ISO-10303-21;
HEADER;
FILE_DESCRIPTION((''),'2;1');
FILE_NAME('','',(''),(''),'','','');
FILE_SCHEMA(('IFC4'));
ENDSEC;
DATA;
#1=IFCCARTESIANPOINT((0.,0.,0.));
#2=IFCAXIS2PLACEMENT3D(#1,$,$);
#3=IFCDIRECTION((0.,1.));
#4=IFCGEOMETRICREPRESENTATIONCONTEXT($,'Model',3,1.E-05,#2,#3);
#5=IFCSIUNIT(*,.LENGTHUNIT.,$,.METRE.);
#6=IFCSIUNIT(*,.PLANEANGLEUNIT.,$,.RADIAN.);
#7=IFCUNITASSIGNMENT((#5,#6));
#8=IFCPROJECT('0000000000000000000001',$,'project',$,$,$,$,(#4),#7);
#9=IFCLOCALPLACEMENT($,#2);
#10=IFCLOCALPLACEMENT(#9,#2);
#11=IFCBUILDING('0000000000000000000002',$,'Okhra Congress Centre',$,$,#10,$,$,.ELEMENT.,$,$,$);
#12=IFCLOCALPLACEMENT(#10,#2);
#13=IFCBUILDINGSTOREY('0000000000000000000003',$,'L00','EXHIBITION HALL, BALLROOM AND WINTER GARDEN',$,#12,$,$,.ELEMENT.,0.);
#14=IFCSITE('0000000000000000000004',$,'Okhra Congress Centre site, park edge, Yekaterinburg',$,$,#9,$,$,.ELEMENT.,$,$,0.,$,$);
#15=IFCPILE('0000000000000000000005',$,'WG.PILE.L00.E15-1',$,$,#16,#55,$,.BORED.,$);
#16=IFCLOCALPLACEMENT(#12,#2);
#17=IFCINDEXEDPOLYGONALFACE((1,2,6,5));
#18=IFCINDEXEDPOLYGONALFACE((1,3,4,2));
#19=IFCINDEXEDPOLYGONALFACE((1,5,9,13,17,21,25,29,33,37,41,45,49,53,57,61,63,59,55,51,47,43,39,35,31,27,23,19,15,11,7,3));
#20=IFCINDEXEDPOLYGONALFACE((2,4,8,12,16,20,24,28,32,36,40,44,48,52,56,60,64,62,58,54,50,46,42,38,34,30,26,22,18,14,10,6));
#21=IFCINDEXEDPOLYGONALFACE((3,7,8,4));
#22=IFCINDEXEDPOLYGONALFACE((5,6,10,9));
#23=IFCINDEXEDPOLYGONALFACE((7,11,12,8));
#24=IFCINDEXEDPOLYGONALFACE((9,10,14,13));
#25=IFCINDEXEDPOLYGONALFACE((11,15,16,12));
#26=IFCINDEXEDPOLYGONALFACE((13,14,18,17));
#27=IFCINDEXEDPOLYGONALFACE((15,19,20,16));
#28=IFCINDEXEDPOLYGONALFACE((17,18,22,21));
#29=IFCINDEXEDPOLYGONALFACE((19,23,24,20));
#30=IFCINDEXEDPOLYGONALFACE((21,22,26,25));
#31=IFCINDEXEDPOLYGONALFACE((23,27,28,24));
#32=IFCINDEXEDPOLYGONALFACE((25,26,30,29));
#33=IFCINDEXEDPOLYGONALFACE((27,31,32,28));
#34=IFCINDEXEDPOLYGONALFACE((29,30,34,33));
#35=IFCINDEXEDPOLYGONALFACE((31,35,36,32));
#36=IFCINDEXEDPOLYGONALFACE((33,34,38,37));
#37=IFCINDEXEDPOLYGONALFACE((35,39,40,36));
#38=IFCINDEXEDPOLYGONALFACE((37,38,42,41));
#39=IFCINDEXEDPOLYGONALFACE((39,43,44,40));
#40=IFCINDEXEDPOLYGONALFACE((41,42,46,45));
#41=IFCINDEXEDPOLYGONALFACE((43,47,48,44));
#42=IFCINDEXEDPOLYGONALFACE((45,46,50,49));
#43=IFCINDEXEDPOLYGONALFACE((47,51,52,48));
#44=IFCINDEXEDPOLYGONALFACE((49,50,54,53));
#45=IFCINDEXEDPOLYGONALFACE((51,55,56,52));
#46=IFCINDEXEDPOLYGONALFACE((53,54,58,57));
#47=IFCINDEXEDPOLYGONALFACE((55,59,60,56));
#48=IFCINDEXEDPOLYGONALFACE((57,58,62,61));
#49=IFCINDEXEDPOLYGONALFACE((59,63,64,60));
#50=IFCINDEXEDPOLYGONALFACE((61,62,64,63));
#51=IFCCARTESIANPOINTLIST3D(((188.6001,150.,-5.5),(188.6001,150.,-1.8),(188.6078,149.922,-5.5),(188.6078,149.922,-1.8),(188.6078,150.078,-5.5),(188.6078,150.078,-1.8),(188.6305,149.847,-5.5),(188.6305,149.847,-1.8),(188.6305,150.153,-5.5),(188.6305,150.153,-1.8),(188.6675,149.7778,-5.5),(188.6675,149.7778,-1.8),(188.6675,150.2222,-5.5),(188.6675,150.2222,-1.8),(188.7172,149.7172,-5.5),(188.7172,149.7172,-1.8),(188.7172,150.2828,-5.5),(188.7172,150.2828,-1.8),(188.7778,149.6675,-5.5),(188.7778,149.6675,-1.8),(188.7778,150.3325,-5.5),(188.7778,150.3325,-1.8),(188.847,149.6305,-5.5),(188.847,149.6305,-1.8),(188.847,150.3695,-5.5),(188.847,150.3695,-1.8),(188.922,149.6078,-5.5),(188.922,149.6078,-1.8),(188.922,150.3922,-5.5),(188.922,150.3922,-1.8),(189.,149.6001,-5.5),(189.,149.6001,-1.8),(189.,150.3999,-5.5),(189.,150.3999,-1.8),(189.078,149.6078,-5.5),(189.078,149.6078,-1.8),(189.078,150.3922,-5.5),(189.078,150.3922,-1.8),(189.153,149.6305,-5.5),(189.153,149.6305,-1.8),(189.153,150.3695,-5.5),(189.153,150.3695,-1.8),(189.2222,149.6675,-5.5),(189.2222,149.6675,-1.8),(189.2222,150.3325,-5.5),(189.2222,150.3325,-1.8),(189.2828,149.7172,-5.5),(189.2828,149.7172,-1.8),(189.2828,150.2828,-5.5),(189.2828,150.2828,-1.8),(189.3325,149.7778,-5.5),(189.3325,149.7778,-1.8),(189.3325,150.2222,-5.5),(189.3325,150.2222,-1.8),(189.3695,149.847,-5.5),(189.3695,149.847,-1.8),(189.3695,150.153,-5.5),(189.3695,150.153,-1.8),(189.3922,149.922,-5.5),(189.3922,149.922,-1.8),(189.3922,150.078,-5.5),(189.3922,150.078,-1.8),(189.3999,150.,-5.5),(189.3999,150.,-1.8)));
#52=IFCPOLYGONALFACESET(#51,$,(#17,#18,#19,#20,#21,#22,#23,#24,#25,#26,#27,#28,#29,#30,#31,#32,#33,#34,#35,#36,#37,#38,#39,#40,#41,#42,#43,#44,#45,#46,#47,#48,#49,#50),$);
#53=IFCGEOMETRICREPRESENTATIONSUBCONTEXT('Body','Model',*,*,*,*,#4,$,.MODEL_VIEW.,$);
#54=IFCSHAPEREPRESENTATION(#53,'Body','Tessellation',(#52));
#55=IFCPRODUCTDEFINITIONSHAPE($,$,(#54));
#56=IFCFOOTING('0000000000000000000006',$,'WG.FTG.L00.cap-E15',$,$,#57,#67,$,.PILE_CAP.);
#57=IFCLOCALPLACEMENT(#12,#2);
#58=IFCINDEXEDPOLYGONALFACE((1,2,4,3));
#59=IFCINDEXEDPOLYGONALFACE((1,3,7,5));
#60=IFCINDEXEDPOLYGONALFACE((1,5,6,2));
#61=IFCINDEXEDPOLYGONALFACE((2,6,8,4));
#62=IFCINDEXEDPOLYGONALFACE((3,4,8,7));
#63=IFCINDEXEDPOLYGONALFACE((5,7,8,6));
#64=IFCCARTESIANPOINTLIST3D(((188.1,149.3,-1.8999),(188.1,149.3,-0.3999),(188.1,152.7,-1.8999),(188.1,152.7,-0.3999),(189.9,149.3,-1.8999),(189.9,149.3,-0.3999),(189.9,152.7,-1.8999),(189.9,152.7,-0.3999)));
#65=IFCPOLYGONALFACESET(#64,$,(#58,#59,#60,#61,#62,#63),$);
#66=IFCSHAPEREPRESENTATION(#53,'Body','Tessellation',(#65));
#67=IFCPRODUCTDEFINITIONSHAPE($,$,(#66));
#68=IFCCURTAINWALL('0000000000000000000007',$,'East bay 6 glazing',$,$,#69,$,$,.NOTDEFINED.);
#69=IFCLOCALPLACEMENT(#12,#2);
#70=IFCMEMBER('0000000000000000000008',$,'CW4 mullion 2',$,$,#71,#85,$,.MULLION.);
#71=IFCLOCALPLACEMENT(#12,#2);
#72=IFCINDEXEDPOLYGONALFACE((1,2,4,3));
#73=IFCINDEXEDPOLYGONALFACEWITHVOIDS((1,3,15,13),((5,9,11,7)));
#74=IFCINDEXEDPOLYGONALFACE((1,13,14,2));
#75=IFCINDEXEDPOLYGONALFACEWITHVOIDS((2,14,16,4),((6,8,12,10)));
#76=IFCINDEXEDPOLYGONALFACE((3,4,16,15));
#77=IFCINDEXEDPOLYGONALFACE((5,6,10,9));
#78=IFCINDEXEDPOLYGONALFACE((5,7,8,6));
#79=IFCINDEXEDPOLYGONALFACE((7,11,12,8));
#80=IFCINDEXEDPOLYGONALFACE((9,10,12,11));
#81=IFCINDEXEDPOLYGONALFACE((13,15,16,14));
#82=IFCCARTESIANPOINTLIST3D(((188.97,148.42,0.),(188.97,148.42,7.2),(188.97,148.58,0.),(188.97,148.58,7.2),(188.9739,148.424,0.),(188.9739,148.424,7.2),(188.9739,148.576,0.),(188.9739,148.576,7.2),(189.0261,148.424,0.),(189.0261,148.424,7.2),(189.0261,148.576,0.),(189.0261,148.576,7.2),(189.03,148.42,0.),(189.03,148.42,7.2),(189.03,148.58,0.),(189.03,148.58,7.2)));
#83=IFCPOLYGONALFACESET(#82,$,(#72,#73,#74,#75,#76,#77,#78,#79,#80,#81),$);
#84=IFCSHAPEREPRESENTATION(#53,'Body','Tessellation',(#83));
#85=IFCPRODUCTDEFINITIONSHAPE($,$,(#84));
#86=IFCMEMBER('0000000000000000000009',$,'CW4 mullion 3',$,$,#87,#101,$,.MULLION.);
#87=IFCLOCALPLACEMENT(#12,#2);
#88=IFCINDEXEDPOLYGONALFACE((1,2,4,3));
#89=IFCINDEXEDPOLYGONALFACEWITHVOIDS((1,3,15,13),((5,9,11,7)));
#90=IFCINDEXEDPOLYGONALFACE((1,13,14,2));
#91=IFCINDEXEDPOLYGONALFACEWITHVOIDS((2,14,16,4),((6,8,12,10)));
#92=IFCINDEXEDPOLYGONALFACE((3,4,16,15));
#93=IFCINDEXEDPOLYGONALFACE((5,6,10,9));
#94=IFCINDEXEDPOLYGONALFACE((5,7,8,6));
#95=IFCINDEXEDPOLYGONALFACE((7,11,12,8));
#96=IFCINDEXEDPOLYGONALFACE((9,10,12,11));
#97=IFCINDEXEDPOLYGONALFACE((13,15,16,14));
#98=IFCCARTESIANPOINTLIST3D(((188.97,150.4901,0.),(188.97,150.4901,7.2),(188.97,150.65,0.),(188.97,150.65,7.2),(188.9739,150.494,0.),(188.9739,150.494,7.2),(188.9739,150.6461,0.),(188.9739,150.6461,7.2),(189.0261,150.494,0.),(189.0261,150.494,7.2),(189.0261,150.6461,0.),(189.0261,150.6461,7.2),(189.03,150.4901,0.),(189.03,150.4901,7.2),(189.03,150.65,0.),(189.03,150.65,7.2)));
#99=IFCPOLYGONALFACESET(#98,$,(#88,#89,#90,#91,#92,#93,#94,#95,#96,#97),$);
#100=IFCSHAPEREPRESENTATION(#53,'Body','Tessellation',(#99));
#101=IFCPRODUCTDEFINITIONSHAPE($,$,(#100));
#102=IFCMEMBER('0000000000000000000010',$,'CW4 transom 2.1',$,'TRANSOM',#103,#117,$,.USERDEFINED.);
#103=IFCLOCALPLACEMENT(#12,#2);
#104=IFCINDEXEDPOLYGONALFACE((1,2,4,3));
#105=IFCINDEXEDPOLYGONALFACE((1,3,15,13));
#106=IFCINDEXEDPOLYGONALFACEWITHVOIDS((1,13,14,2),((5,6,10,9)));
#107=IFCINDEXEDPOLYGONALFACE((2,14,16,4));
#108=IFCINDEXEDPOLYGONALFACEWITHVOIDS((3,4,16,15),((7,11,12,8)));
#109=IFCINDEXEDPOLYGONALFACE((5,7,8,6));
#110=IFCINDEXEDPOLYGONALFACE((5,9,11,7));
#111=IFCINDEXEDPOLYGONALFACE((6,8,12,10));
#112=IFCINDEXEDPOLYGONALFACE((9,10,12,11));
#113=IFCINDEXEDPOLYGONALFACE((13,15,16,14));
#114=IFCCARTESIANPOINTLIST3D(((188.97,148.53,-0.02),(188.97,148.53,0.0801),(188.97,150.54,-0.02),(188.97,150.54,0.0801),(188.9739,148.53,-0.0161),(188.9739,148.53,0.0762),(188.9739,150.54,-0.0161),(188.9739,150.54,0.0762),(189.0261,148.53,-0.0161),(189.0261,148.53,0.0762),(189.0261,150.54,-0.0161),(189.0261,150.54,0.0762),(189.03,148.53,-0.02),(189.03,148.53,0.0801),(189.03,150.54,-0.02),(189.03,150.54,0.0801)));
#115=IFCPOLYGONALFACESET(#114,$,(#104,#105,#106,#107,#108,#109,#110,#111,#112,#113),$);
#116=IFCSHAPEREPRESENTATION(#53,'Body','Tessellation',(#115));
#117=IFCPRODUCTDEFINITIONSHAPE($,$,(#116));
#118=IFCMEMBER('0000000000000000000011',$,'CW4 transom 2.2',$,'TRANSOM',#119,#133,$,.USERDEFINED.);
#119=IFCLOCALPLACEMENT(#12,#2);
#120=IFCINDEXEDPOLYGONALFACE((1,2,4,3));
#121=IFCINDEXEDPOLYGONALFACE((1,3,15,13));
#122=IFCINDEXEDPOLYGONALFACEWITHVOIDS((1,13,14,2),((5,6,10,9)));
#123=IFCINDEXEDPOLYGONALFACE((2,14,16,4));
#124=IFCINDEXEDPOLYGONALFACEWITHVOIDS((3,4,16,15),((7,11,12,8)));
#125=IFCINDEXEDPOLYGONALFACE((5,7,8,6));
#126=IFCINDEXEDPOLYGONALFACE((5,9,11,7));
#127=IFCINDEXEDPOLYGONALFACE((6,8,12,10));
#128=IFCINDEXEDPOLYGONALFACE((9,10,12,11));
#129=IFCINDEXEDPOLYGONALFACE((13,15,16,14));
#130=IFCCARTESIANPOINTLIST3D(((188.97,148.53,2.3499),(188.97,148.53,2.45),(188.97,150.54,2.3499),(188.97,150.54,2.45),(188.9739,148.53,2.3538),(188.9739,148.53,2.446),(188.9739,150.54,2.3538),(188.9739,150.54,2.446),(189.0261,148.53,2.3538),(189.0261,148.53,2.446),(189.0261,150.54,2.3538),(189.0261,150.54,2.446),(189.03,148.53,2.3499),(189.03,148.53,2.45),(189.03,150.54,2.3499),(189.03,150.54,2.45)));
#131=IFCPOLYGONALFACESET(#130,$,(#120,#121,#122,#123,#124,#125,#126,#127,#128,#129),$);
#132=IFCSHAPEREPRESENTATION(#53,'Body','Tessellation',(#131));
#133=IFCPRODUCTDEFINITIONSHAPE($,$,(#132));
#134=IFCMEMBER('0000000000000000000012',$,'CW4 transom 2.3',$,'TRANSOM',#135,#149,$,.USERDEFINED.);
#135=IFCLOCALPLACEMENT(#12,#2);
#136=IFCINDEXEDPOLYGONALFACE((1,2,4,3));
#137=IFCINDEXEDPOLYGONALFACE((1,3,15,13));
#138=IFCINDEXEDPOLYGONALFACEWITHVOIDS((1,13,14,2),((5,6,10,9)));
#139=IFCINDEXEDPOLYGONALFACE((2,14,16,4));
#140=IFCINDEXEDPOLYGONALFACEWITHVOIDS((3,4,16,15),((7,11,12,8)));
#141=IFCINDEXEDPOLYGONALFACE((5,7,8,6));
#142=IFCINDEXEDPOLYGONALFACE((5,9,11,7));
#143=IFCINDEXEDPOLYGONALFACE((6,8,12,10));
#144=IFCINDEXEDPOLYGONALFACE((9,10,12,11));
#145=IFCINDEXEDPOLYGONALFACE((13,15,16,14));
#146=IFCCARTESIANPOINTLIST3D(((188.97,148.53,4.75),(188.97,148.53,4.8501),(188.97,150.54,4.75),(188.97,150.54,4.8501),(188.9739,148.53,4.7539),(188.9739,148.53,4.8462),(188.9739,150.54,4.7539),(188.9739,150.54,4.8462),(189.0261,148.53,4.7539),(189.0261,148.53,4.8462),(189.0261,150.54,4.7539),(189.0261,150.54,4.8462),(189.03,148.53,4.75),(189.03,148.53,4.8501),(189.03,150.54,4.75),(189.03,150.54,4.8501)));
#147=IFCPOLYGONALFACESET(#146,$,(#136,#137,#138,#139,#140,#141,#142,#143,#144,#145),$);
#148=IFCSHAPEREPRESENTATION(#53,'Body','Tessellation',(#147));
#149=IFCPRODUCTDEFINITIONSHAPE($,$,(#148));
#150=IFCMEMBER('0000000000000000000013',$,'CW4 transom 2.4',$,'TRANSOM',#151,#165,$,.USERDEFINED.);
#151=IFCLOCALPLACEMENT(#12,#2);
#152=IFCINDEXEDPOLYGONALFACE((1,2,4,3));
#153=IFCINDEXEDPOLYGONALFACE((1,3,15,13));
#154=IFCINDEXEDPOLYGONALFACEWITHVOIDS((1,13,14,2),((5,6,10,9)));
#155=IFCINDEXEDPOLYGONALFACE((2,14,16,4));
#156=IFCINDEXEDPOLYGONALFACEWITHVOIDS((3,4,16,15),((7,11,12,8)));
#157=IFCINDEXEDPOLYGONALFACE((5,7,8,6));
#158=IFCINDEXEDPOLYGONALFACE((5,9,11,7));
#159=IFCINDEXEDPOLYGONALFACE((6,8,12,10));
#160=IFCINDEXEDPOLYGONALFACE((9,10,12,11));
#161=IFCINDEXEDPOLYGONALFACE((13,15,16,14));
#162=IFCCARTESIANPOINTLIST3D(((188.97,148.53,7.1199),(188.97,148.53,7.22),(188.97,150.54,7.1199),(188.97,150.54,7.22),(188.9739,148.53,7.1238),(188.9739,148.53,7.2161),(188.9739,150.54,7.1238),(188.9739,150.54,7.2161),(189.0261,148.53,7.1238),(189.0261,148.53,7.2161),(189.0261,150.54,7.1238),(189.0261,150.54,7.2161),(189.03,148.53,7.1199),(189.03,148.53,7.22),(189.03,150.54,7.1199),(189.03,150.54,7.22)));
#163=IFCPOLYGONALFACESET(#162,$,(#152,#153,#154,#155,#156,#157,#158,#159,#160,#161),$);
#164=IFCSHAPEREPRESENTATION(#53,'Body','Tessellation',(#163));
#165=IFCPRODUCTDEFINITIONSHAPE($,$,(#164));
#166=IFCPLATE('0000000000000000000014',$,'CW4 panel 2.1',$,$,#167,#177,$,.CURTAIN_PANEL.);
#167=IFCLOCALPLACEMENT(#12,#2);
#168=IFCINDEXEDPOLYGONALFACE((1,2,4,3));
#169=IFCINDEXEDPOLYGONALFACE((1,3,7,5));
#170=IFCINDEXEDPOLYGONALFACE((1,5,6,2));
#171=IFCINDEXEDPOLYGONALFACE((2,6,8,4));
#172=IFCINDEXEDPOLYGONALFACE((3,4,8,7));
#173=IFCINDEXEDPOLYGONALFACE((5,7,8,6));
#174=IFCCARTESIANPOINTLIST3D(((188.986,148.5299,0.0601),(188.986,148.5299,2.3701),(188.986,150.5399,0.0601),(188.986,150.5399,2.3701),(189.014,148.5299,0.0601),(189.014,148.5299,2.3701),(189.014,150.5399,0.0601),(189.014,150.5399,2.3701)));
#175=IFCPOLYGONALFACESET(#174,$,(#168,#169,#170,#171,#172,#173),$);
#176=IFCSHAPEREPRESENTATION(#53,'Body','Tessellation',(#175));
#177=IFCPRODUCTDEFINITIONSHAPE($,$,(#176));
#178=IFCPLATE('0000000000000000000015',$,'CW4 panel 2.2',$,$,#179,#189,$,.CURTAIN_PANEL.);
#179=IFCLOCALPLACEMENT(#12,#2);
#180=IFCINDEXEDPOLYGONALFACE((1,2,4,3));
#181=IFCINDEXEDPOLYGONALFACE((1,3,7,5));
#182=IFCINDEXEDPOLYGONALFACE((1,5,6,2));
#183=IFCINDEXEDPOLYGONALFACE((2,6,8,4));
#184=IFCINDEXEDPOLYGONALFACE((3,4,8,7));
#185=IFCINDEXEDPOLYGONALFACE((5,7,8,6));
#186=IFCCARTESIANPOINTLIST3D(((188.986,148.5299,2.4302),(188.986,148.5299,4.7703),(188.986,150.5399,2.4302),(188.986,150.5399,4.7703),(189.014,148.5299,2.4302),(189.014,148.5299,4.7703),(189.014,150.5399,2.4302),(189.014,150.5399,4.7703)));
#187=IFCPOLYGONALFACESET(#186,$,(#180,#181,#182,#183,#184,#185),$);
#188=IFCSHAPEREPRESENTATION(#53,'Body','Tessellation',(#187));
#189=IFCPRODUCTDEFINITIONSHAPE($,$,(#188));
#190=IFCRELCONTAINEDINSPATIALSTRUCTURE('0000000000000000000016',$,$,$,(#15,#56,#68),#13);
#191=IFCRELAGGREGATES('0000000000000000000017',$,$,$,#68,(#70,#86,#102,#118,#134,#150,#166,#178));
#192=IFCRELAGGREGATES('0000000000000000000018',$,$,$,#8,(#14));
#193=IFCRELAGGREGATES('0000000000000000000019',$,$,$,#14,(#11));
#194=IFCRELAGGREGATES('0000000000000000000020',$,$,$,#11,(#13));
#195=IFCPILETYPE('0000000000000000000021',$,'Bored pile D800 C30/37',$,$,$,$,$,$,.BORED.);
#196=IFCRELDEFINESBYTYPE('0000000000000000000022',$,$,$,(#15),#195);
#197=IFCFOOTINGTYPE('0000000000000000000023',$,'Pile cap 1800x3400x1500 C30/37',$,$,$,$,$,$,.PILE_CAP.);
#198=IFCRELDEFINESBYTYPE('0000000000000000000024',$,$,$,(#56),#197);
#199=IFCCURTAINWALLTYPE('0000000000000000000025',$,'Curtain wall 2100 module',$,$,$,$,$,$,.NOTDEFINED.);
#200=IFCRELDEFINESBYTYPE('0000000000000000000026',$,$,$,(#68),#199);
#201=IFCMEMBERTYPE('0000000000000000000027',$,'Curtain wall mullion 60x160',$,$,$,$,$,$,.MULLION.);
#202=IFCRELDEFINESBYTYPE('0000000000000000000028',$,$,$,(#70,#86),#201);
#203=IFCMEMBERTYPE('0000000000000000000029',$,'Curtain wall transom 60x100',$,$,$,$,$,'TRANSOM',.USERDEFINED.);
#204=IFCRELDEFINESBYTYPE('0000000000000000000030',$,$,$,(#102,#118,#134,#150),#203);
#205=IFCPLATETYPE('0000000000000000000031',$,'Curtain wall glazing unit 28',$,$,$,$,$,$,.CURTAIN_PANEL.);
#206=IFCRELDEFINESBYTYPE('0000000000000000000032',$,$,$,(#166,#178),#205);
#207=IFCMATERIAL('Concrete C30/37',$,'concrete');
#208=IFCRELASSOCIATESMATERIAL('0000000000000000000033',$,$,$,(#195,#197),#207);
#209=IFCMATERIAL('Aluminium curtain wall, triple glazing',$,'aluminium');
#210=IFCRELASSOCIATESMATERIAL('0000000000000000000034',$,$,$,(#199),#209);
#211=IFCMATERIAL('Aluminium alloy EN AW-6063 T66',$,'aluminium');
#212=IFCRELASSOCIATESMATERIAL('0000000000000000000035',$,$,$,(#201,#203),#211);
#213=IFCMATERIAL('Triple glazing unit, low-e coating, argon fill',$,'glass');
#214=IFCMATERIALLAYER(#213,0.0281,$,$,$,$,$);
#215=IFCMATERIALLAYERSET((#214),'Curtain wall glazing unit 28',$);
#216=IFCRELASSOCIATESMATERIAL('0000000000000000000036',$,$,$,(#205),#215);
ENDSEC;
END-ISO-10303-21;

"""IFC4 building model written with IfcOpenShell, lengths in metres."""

from ifc_helpers import new_model, si_unit, direction, frame, origin, origin_2d, place, context, subcontext, project, spatial, rectangle, hollow_rectangle, circle, extrude, material, layer, layer_set, material_profile, profile_set, type_object, element, aggregate, save


model = new_model("IFC4")

# Units and contexts
model_context = context("Model", 3, precision=1e-05, world=origin(), true_north=direction((0.0, 1.0)))
body_context = subcontext(model_context, "Body", "Model", "MODEL_VIEW")
ifc_project = project(units=[si_unit("LENGTHUNIT", "METRE"), si_unit("PLANEANGLEUNIT", "RADIAN")], contexts=[model_context])

# Site, building, storey
site_placement = place(None, origin())
site = spatial("IfcSite", under=ifc_project, at=site_placement, Name="Okhra Congress Centre site, park edge, Yekaterinburg", CompositionType="ELEMENT", RefElevation=0.0)
building_placement = place(site_placement, origin())
building = spatial("IfcBuilding", under=site, at=building_placement, Name="Okhra Congress Centre", CompositionType="ELEMENT")
storey_placement = place(building_placement, origin())
storey = spatial("IfcBuildingStorey", under=building, at=storey_placement, Name="L00", Description="EXHIBITION HALL, BALLROOM AND WINTER GARDEN", CompositionType="ELEMENT", Elevation=0.0)

# Pile
ifc_material_1 = material(Name="Concrete C30/37", Category="concrete")
ifc_material_profile_1 = material_profile(ifc_material_1, circle(Radius=0.3999, at=origin_2d()), Name="D800")
ifc_profile_set_1 = profile_set([ifc_material_profile_1], Name="Concrete C30/37")
pile_type = type_object("IfcPileType", Name="Bored pile D800 C30/37", PredefinedType="BORED", material=ifc_profile_set_1)
pile_placement = place(storey_placement, frame((189.0, 150.0, -1.8), z_axis=(0.0, 0.0, -1.0), x_axis=(1.0, 0.0, 0.0)))
element("IfcPile", 1, at=pile_placement, inside=storey, type_object=pile_type, Name="WG.PILE.L00.E15-1", PredefinedType="BORED", context=body_context, shape_type="SweptSolid", body=[
    extrude(circle(Radius=0.3999, at=origin_2d()), origin(), (0.0, 0.0, 1.0), 3.7),
])

# Footing
footing_type = type_object("IfcFootingType", Name="Pile cap 1800x3400x1500 C30/37", PredefinedType="PILE_CAP", material=ifc_material_1)
footing_placement = place(storey_placement, frame((189.0, 151.0, -1.8999), z_axis=(0.0, 0.0, 1.0), x_axis=(1.0, 0.0, 0.0)))
element("IfcFooting", 2, at=footing_placement, inside=storey, type_object=footing_type, Name="WG.FTG.L00.cap-E15", PredefinedType="PILE_CAP", context=body_context, shape_type="SweptSolid", body=[
    extrude(rectangle(XDim=1.8, YDim=3.3999, at=origin_2d()), origin(), (0.0, 0.0, 1.0), 1.5),
])

# Curtain wall, members, plates
ifc_material_2 = material(Name="Aluminium curtain wall, triple glazing", Category="aluminium")
curtain_wall_type = type_object("IfcCurtainWallType", Name="Curtain wall 2100 module", PredefinedType="NOTDEFINED", material=ifc_material_2)
curtain_wall_placement = place(storey_placement, origin())
curtain_wall = element("IfcCurtainWall", 3, at=curtain_wall_placement, inside=storey, type_object=curtain_wall_type, Name="East bay 6 glazing", PredefinedType="NOTDEFINED")
ifc_material_3 = material(Name="Aluminium alloy EN AW-6063 T66", Category="aluminium")
ifc_material_profile_2 = material_profile(ifc_material_3, hollow_rectangle(XDim=0.0601, YDim=0.1599, WallThickness=0.0039, at=origin_2d()), Name="RHS 60x160x4")
ifc_profile_set_2 = profile_set([ifc_material_profile_2], Name="Aluminium alloy EN AW-6063 T66")
member_type_1 = type_object("IfcMemberType", Name="Curtain wall mullion 60x160", PredefinedType="MULLION", material=ifc_profile_set_2)
member_1_placement = place(storey_placement, frame((189.0, 148.5, 0.0), z_axis=(0.0, 0.0, 1.0), x_axis=(-1.0, 0.0, 0.0)))
member_1 = element("IfcMember", 4, at=member_1_placement, type_object=member_type_1, Name="CW4 mullion 2", PredefinedType="MULLION", context=body_context, shape_type="SweptSolid", body=[
    extrude(hollow_rectangle(XDim=0.0601, YDim=0.1599, WallThickness=0.0039, at=origin_2d()), origin(), (0.0, 0.0, 1.0), 7.2),
])
member_2_placement = place(storey_placement, frame((189.0, 150.5701, 0.0), z_axis=(0.0, 0.0, 1.0), x_axis=(-1.0, 0.0, 0.0)))
member_2 = element("IfcMember", 5, at=member_2_placement, type_object=member_type_1, Name="CW4 mullion 3", PredefinedType="MULLION", context=body_context, shape_type="SweptSolid", body=[
    extrude(hollow_rectangle(XDim=0.0601, YDim=0.1599, WallThickness=0.0039, at=origin_2d()), origin(), (0.0, 0.0, 1.0), 7.2),
])
ifc_material_profile_3 = material_profile(ifc_material_3, hollow_rectangle(XDim=0.0601, YDim=0.1001, WallThickness=0.0039, at=origin_2d()), Name="RHS 60x100x4")
ifc_profile_set_3 = profile_set([ifc_material_profile_3], Name="Aluminium alloy EN AW-6063 T66")
member_type_2 = type_object("IfcMemberType", Name="Curtain wall transom 60x100", ElementType="TRANSOM", PredefinedType="USERDEFINED", material=ifc_profile_set_3)
member_3_placement = place(storey_placement, frame((189.0, 148.53, 0.03), z_axis=(0.0, 1.0, 0.0), x_axis=(-1.0, 0.0, 0.0)))
member_3 = element("IfcMember", 6, at=member_3_placement, type_object=member_type_2, Name="CW4 transom 2.1", ObjectType="TRANSOM", PredefinedType="USERDEFINED", context=body_context, shape_type="SweptSolid", body=[
    extrude(hollow_rectangle(XDim=0.0601, YDim=0.1001, WallThickness=0.0039, at=origin_2d()), origin(), (0.0, 0.0, 1.0), 2.01),
])
member_4_placement = place(storey_placement, frame((189.0, 148.53, 2.3999), z_axis=(0.0, 1.0, 0.0), x_axis=(-1.0, 0.0, 0.0)))
member_4 = element("IfcMember", 7, at=member_4_placement, type_object=member_type_2, Name="CW4 transom 2.2", ObjectType="TRANSOM", PredefinedType="USERDEFINED", context=body_context, shape_type="SweptSolid", body=[
    extrude(hollow_rectangle(XDim=0.0601, YDim=0.1001, WallThickness=0.0039, at=origin_2d()), origin(), (0.0, 0.0, 1.0), 2.01),
])
member_5_placement = place(storey_placement, frame((189.0, 148.53, 4.8), z_axis=(0.0, 1.0, 0.0), x_axis=(-1.0, 0.0, 0.0)))
member_5 = element("IfcMember", 8, at=member_5_placement, type_object=member_type_2, Name="CW4 transom 2.3", ObjectType="TRANSOM", PredefinedType="USERDEFINED", context=body_context, shape_type="SweptSolid", body=[
    extrude(hollow_rectangle(XDim=0.0601, YDim=0.1001, WallThickness=0.0039, at=origin_2d()), origin(), (0.0, 0.0, 1.0), 2.01),
])
member_6_placement = place(storey_placement, frame((189.0, 148.53, 7.1699), z_axis=(0.0, 1.0, 0.0), x_axis=(-1.0, 0.0, 0.0)))
member_6 = element("IfcMember", 9, at=member_6_placement, type_object=member_type_2, Name="CW4 transom 2.4", ObjectType="TRANSOM", PredefinedType="USERDEFINED", context=body_context, shape_type="SweptSolid", body=[
    extrude(hollow_rectangle(XDim=0.0601, YDim=0.1001, WallThickness=0.0039, at=origin_2d()), origin(), (0.0, 0.0, 1.0), 2.01),
])
ifc_material_4 = material(Name="Triple glazing unit, low-e coating, argon fill", Category="glass")
ifc_layer = layer(ifc_material_4, 0.0281)
ifc_layer_set = layer_set([ifc_layer], Name="Curtain wall glazing unit 28")
plate_type = type_object("IfcPlateType", Name="Curtain wall glazing unit 28", PredefinedType="CURTAIN_PANEL", material=ifc_layer_set)
plate_1_placement = place(storey_placement, frame((189.0, 149.5349, 0.0601), z_axis=(0.0, 0.0, 1.0), x_axis=(0.0, 1.0, 0.0)))
plate_1 = element("IfcPlate", 10, at=plate_1_placement, type_object=plate_type, Name="CW4 panel 2.1", PredefinedType="CURTAIN_PANEL", context=body_context, shape_type="SweptSolid", body=[
    extrude(rectangle(XDim=2.01, YDim=0.0281, at=origin_2d()), origin(), (0.0, 0.0, 1.0), 2.3101),
])
plate_2_placement = place(storey_placement, frame((189.0, 149.5349, 2.4302), z_axis=(0.0, 0.0, 1.0), x_axis=(0.0, 1.0, 0.0)))
plate_2 = element("IfcPlate", 11, at=plate_2_placement, type_object=plate_type, Name="CW4 panel 2.2", PredefinedType="CURTAIN_PANEL", context=body_context, shape_type="SweptSolid", body=[
    extrude(rectangle(XDim=2.01, YDim=0.0281, at=origin_2d()), origin(), (0.0, 0.0, 1.0), 2.3401),
])
aggregate(curtain_wall, [member_1, member_2, member_3, member_4, member_5, member_6, plate_1, plate_2])

save(model, "model.ifc")
